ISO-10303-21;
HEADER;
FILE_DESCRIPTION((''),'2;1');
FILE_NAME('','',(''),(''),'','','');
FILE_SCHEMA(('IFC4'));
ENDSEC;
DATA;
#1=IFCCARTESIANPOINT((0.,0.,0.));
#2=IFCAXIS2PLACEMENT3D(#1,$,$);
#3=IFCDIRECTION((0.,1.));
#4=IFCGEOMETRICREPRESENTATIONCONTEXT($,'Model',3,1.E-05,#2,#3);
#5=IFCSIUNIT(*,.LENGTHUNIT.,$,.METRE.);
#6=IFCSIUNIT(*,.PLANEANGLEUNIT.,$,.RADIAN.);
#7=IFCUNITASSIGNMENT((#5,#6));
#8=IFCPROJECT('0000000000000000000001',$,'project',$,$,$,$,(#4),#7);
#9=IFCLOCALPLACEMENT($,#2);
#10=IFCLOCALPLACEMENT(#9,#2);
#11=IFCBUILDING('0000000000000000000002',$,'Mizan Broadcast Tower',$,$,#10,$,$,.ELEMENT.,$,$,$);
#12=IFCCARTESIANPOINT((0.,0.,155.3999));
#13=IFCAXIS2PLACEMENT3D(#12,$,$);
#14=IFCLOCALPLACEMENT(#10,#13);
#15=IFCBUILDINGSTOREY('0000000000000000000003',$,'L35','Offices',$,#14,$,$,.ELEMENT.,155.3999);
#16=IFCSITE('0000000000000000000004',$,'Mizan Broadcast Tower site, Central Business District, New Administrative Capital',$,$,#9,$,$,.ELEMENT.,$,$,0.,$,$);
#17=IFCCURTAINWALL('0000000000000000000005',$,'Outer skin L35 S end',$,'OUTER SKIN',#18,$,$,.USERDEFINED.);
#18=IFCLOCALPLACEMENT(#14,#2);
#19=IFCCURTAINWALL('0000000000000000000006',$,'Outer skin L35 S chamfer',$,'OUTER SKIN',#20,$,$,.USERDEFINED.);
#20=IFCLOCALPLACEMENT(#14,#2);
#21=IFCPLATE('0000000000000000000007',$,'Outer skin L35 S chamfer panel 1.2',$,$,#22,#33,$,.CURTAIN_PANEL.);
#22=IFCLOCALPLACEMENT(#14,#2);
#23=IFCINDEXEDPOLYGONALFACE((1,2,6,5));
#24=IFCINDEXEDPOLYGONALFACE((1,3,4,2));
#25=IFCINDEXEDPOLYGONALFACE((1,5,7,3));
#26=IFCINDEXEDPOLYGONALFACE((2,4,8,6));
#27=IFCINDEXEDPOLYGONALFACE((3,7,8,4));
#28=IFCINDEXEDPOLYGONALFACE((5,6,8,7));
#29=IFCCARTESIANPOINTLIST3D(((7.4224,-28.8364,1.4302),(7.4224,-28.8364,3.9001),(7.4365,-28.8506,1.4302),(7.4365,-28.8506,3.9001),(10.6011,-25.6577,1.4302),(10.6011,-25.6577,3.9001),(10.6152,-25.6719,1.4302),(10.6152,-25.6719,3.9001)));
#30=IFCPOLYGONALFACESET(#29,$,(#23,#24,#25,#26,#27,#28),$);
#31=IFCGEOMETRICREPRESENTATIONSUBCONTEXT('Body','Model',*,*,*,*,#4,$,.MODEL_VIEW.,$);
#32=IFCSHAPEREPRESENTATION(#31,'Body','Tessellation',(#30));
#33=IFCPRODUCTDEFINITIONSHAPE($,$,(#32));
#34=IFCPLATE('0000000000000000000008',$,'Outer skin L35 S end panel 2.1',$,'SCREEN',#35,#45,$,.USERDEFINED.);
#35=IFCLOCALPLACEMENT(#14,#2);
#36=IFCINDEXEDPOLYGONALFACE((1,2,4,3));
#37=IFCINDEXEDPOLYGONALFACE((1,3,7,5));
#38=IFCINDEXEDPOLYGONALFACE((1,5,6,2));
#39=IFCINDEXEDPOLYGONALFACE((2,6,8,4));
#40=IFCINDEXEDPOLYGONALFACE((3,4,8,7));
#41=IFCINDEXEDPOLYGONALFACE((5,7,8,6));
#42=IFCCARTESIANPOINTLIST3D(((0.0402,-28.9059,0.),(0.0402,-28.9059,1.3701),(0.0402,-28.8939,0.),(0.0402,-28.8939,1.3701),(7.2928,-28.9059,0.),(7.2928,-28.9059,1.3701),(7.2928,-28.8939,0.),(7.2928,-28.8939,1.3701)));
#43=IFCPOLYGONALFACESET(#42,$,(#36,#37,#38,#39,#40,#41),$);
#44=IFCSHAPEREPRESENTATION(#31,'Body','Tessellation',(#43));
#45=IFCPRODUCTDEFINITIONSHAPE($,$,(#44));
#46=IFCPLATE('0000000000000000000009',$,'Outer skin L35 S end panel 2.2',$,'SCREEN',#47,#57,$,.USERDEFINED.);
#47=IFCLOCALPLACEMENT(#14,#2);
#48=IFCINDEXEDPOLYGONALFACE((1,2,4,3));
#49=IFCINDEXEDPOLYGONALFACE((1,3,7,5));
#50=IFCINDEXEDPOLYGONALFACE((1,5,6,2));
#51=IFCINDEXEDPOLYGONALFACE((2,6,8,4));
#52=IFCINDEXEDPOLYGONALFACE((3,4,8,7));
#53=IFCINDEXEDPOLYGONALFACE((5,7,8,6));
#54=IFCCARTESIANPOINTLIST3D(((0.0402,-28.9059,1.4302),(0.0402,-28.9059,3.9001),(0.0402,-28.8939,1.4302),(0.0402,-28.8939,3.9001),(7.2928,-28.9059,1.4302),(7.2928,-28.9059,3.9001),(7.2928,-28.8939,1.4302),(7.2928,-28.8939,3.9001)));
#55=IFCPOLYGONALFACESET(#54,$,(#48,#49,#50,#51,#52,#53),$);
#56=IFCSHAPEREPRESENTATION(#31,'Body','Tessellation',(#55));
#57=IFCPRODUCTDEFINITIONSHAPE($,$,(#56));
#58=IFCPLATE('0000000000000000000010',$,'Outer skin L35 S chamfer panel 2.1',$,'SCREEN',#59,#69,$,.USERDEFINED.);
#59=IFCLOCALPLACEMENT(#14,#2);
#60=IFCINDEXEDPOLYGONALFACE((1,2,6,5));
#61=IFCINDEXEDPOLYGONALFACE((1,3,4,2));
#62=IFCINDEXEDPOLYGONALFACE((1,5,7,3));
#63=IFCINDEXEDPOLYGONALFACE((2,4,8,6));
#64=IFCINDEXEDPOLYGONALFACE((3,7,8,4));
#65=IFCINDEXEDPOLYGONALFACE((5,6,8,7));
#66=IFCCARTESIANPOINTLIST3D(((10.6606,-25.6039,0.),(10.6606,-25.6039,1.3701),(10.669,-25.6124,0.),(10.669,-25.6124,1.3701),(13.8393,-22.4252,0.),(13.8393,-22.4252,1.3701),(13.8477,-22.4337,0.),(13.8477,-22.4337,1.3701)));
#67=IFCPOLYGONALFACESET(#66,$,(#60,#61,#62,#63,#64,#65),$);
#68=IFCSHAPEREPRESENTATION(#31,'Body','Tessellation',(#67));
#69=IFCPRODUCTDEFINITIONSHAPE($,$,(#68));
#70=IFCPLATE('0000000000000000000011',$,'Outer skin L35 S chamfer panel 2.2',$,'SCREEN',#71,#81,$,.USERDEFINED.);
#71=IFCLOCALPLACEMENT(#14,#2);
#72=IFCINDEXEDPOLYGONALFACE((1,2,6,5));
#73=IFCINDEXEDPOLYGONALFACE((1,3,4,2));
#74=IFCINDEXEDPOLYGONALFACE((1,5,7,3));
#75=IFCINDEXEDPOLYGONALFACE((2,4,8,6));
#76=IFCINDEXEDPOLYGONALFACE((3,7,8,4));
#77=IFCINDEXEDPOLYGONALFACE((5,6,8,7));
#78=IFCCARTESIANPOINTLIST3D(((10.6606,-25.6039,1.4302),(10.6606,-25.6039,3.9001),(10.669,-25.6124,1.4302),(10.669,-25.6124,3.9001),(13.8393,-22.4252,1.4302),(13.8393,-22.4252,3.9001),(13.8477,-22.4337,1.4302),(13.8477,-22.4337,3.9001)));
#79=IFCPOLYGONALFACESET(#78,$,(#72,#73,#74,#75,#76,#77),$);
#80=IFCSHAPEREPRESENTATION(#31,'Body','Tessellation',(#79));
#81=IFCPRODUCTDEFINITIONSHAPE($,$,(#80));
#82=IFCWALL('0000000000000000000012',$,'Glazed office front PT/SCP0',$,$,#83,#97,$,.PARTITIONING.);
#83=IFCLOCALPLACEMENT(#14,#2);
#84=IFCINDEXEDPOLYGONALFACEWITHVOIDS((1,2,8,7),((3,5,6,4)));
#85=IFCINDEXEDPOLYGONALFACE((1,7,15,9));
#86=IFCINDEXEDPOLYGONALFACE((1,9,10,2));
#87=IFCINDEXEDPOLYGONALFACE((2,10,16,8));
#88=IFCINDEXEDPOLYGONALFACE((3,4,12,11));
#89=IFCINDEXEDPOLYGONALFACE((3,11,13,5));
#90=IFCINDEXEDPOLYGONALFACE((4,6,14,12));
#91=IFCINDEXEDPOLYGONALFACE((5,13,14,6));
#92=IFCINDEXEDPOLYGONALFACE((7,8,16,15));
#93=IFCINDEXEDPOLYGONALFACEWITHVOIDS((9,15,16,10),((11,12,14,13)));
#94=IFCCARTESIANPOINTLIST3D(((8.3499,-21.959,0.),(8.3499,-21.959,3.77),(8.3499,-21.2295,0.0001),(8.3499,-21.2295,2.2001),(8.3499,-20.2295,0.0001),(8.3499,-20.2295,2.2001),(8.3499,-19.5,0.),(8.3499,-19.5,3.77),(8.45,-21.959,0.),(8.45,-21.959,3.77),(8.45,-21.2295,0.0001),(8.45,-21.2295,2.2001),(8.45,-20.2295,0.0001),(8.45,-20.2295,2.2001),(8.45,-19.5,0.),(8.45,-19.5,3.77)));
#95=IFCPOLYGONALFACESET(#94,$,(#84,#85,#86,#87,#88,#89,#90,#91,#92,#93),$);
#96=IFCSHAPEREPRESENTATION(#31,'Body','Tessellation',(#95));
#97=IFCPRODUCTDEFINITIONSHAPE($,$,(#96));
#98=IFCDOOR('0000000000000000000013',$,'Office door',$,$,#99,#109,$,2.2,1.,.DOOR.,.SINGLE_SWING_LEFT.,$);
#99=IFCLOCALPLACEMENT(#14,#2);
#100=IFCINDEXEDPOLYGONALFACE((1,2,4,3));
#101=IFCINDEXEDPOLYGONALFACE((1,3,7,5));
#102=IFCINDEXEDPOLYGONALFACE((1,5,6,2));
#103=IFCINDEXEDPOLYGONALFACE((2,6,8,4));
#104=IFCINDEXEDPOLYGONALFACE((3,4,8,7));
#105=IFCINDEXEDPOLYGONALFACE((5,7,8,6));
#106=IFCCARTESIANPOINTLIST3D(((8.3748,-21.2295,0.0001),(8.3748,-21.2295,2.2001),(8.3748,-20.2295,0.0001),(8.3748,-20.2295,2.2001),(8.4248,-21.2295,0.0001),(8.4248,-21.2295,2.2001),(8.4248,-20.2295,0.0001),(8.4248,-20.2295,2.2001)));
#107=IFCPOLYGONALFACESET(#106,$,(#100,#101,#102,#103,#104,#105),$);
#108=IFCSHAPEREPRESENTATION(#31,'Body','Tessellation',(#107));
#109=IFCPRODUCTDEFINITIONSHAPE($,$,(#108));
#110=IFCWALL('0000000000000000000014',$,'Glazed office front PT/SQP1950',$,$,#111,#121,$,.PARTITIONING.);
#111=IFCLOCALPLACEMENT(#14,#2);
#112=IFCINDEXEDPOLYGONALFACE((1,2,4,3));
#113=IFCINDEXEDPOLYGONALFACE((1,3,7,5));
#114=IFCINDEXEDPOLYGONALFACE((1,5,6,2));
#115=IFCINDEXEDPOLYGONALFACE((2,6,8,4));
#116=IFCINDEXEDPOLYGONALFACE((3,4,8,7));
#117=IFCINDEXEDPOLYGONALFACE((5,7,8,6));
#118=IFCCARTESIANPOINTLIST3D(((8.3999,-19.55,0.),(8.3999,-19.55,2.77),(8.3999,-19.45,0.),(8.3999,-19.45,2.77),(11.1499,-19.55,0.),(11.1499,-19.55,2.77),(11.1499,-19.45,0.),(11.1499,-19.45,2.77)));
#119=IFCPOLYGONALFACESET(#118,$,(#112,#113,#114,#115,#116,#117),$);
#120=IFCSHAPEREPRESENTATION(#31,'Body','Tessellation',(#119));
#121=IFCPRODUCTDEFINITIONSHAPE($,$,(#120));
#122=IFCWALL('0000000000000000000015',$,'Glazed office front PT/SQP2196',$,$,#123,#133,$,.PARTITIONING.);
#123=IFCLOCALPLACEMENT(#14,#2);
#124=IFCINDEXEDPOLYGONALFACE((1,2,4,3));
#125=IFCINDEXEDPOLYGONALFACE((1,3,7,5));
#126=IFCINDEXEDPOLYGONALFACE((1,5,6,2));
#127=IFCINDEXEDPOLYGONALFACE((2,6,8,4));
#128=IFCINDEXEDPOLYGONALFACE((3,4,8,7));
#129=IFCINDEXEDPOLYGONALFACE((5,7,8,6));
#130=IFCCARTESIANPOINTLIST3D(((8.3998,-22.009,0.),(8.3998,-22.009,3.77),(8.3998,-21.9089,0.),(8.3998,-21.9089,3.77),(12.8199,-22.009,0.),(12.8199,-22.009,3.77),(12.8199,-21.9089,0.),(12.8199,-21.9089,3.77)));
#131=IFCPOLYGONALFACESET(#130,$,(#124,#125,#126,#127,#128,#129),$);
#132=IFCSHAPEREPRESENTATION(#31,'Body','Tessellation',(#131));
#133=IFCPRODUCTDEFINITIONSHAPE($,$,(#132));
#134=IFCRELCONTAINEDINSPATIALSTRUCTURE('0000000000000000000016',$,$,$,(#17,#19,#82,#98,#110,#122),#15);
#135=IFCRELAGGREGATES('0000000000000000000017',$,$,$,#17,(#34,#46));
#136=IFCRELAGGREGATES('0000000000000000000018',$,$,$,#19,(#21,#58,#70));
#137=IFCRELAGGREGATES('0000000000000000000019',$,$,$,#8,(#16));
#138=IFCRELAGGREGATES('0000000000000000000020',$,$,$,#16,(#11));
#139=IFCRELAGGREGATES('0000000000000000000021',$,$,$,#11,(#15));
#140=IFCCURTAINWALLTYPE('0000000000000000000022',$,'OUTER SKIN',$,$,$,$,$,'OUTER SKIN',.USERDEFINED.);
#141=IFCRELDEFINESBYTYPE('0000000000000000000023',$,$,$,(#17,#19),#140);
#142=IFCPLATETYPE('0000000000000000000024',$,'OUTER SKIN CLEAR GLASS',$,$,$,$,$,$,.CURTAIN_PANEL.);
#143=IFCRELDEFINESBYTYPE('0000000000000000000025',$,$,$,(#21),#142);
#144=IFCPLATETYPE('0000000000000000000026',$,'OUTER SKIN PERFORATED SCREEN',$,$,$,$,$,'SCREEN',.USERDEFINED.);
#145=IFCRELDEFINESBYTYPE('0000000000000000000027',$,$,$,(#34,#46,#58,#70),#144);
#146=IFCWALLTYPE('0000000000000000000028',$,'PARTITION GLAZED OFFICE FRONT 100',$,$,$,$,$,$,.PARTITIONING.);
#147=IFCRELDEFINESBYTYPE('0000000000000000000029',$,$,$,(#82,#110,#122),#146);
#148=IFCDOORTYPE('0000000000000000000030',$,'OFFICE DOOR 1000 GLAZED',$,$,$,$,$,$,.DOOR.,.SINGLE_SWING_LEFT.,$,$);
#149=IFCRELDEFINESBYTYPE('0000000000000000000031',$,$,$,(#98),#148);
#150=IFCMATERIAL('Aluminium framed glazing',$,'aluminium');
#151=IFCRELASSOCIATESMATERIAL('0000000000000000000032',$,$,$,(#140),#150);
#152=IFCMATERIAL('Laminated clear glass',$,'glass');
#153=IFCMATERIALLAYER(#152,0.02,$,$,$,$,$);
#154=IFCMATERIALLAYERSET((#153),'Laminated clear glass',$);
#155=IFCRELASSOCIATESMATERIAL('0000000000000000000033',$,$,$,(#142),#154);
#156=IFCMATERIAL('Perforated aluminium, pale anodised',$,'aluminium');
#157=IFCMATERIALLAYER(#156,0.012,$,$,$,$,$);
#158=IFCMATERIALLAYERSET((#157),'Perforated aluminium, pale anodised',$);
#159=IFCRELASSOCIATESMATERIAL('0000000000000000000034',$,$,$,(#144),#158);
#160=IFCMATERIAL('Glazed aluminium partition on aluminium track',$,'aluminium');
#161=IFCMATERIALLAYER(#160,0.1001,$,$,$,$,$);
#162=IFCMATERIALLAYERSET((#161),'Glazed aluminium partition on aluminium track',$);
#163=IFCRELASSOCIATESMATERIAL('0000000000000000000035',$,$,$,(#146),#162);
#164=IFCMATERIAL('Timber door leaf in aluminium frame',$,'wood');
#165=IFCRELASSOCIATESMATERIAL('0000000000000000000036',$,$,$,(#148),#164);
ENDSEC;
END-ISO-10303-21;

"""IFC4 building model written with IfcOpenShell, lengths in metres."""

from ifc_helpers import new_model, si_unit, direction, frame, frame_2d, origin, origin_2d, place, context, subcontext, project, spatial, rectangle, extrude, material, layer, layer_set, type_object, element, fill, aggregate, save


model = new_model("IFC4")

# Units and contexts
model_context = context("Model", 3, precision=1e-05, world=origin(), true_north=direction((0.0, 1.0)))
body_context = subcontext(model_context, "Body", "Model", "MODEL_VIEW")
ifc_project = project(units=[si_unit("LENGTHUNIT", "METRE"), si_unit("PLANEANGLEUNIT", "RADIAN")], contexts=[model_context])

# Site, building, storey
site_placement = place(None, origin())
site = spatial("IfcSite", under=ifc_project, at=site_placement, Name="Mizan Broadcast Tower site, Central Business District, New Administrative Capital", CompositionType="ELEMENT", RefElevation=0.0)
building_placement = place(site_placement, origin())
building = spatial("IfcBuilding", under=site, at=building_placement, Name="Mizan Broadcast Tower", CompositionType="ELEMENT")
storey_placement = place(building_placement, frame((0.0, 0.0, 155.3999)))
storey = spatial("IfcBuildingStorey", under=building, at=storey_placement, Name="L35", Description="Offices", CompositionType="ELEMENT", Elevation=155.3999)

# Curtain wall
ifc_material_1 = material(Name="Aluminium framed glazing", Category="aluminium")
curtain_wall_type_1 = type_object("IfcCurtainWallType", Name="OUTER SKIN", ElementType="OUTER SKIN", PredefinedType="USERDEFINED", material=ifc_material_1)
curtain_wall_1_placement = place(storey_placement, origin())
curtain_wall_1 = element("IfcCurtainWall", 1, at=curtain_wall_1_placement, inside=storey, type_object=curtain_wall_type_1, Name="Outer skin L35 S end", ObjectType="OUTER SKIN", PredefinedType="USERDEFINED")

# Curtain wall
curtain_wall_2_placement = place(storey_placement, origin())
curtain_wall_2 = element("IfcCurtainWall", 2, at=curtain_wall_2_placement, inside=storey, type_object=curtain_wall_type_1, Name="Outer skin L35 S chamfer", ObjectType="OUTER SKIN", PredefinedType="USERDEFINED")

# Plates
ifc_material_2 = material(Name="Laminated clear glass", Category="glass")
ifc_layer_1 = layer(ifc_material_2, 0.02)
ifc_layer_set_1 = layer_set([ifc_layer_1], Name="Laminated clear glass")
plate_type_1 = type_object("IfcPlateType", Name="OUTER SKIN CLEAR GLASS", PredefinedType="CURTAIN_PANEL", material=ifc_layer_set_1)
plate_1_placement = place(storey_placement, frame((9.0188, -27.2542, 1.4302), z_axis=(0.0, 0.0, 1.0), x_axis=(0.707107, 0.707107, 0.0)))
plate_1 = element("IfcPlate", 3, at=plate_1_placement, type_object=plate_type_1, Name="Outer skin L35 S chamfer panel 1.2", PredefinedType="CURTAIN_PANEL", context=body_context, shape_type="SweptSolid", body=[
    extrude(rectangle(XDim=4.4954, YDim=0.02, at=origin_2d()), origin(), (0.0, 0.0, 1.0), 2.47),
])
ifc_material_3 = material(Name="Perforated aluminium, pale anodised", Category="aluminium")
ifc_layer_2 = layer(ifc_material_3, 0.012)
ifc_layer_set_2 = layer_set([ifc_layer_2], Name="Perforated aluminium, pale anodised")
plate_type_2 = type_object("IfcPlateType", Name="OUTER SKIN PERFORATED SCREEN", ElementType="SCREEN", PredefinedType="USERDEFINED", material=ifc_layer_set_2)
plate_2_placement = place(storey_placement, frame((3.6665, -28.8999, 0.0), z_axis=(0.0, 0.0, 1.0), x_axis=(1.0, 0.0, 0.0)))
plate_2 = element("IfcPlate", 4, at=plate_2_placement, type_object=plate_type_2, Name="Outer skin L35 S end panel 2.1", ObjectType="SCREEN", PredefinedType="USERDEFINED", context=body_context, shape_type="SweptSolid", body=[
    extrude(rectangle(XDim=7.2527, YDim=0.012, at=origin_2d()), origin(), (0.0, 0.0, 1.0), 1.3701),
])
plate_3_placement = place(storey_placement, frame((3.6665, -28.8999, 1.4302), z_axis=(0.0, 0.0, 1.0), x_axis=(1.0, 0.0, 0.0)))
plate_3 = element("IfcPlate", 5, at=plate_3_placement, type_object=plate_type_2, Name="Outer skin L35 S end panel 2.2", ObjectType="SCREEN", PredefinedType="USERDEFINED", context=body_context, shape_type="SweptSolid", body=[
    extrude(rectangle(XDim=7.2527, YDim=0.012, at=origin_2d()), origin(), (0.0, 0.0, 1.0), 2.47),
])
aggregate(curtain_wall_1, [plate_2, plate_3])
plate_4_placement = place(storey_placement, frame((12.2542, -24.0188, 0.0), z_axis=(0.0, 0.0, 1.0), x_axis=(0.707107, 0.707107, 0.0)))
plate_4 = element("IfcPlate", 6, at=plate_4_placement, type_object=plate_type_2, Name="Outer skin L35 S chamfer panel 2.1", ObjectType="SCREEN", PredefinedType="USERDEFINED", context=body_context, shape_type="SweptSolid", body=[
    extrude(rectangle(XDim=4.4954, YDim=0.012, at=origin_2d()), origin(), (0.0, 0.0, 1.0), 1.3701),
])
plate_5_placement = place(storey_placement, frame((12.2542, -24.0188, 1.4302), z_axis=(0.0, 0.0, 1.0), x_axis=(0.707107, 0.707107, 0.0)))
plate_5 = element("IfcPlate", 7, at=plate_5_placement, type_object=plate_type_2, Name="Outer skin L35 S chamfer panel 2.2", ObjectType="SCREEN", PredefinedType="USERDEFINED", context=body_context, shape_type="SweptSolid", body=[
    extrude(rectangle(XDim=4.4954, YDim=0.012, at=origin_2d()), origin(), (0.0, 0.0, 1.0), 2.47),
])
aggregate(curtain_wall_2, [plate_1, plate_4, plate_5])

# Wall, opening, door
ifc_material_4 = material(Name="Glazed aluminium partition on aluminium track", Category="aluminium")
ifc_layer_3 = layer(ifc_material_4, 0.1001)
ifc_layer_set_3 = layer_set([ifc_layer_3], Name="Glazed aluminium partition on aluminium track")
wall_type = type_object("IfcWallType", Name="PARTITION GLAZED OFFICE FRONT 100", PredefinedType="PARTITIONING", material=ifc_layer_set_3)
wall_1_placement = place(storey_placement, frame((8.3999, -19.5, 0.0), z_axis=(0.0, 0.0, 1.0), x_axis=(0.0, -1.0, 0.0)))
wall_1 = element("IfcWall", 8, at=wall_1_placement, inside=storey, type_object=wall_type, Name="Glazed office front PT/SCP0", PredefinedType="PARTITIONING", context=body_context, shape_type="SweptSolid", body=[
    extrude(rectangle(XDim=2.459, YDim=0.1001, at=frame_2d((1.2295, 0.0))), origin(), (0.0, 0.0, 1.0), 3.77),
])
opening_placement = place(wall_1_placement, frame((0.7295, 0.0, 0.0)))
opening = element("IfcOpeningElement", 9, at=opening_placement, cuts=wall_1, PredefinedType="OPENING", context=body_context, shape_type="SweptSolid", body=[
    extrude(rectangle(XDim=1.0, YDim=2.2, at=frame_2d((0.5, 1.1001))), frame((0.0, 0.0601, 0.0), z_axis=(0.0, -1.0, 0.0), x_axis=(1.0, 0.0, 0.0)), (0.0, 0.0, 1.0), 0.1201),
])
ifc_material_5 = material(Name="Timber door leaf in aluminium frame", Category="wood")
door_type = type_object("IfcDoorType", Name="OFFICE DOOR 1000 GLAZED", OperationType="SINGLE_SWING_LEFT", PredefinedType="DOOR", material=ifc_material_5)
door_placement = place(opening_placement, origin())
door = element("IfcDoor", 10, at=door_placement, inside=storey, type_object=door_type, Name="Office door", OperationType="SINGLE_SWING_LEFT", OverallHeight=2.2, OverallWidth=1.0, PredefinedType="DOOR", context=body_context, shape_type="SweptSolid", body=[
    extrude(rectangle(XDim=1.0, YDim=2.2, at=frame_2d((0.5, 1.1001))), frame((0.0, 0.0249, 0.0), z_axis=(0.0, -1.0, 0.0), x_axis=(1.0, 0.0, 0.0)), (0.0, 0.0, 1.0), 0.05),
])
fill(opening, door)

# Walls
wall_2_placement = place(storey_placement, frame((8.3999, -19.5, 0.0), z_axis=(0.0, 0.0, 1.0), x_axis=(1.0, 0.0, 0.0)))
element("IfcWall", 11, at=wall_2_placement, inside=storey, type_object=wall_type, Name="Glazed office front PT/SQP1950", PredefinedType="PARTITIONING", context=body_context, shape_type="SweptSolid", body=[
    extrude(rectangle(XDim=2.75, YDim=0.1001, at=frame_2d((1.375, 0.0))), origin(), (0.0, 0.0, 1.0), 2.77),
])
wall_3_placement = place(storey_placement, frame((8.3999, -21.959, 0.0), z_axis=(0.0, 0.0, 1.0), x_axis=(1.0, 0.0, 0.0)))
element("IfcWall", 12, at=wall_3_placement, inside=storey, type_object=wall_type, Name="Glazed office front PT/SQP2196", PredefinedType="PARTITIONING", context=body_context, shape_type="SweptSolid", body=[
    extrude(rectangle(XDim=4.4202, YDim=0.1001, at=frame_2d((2.21, 0.0))), origin(), (0.0, 0.0, 1.0), 3.77),
])

save(model, "model.ifc")
